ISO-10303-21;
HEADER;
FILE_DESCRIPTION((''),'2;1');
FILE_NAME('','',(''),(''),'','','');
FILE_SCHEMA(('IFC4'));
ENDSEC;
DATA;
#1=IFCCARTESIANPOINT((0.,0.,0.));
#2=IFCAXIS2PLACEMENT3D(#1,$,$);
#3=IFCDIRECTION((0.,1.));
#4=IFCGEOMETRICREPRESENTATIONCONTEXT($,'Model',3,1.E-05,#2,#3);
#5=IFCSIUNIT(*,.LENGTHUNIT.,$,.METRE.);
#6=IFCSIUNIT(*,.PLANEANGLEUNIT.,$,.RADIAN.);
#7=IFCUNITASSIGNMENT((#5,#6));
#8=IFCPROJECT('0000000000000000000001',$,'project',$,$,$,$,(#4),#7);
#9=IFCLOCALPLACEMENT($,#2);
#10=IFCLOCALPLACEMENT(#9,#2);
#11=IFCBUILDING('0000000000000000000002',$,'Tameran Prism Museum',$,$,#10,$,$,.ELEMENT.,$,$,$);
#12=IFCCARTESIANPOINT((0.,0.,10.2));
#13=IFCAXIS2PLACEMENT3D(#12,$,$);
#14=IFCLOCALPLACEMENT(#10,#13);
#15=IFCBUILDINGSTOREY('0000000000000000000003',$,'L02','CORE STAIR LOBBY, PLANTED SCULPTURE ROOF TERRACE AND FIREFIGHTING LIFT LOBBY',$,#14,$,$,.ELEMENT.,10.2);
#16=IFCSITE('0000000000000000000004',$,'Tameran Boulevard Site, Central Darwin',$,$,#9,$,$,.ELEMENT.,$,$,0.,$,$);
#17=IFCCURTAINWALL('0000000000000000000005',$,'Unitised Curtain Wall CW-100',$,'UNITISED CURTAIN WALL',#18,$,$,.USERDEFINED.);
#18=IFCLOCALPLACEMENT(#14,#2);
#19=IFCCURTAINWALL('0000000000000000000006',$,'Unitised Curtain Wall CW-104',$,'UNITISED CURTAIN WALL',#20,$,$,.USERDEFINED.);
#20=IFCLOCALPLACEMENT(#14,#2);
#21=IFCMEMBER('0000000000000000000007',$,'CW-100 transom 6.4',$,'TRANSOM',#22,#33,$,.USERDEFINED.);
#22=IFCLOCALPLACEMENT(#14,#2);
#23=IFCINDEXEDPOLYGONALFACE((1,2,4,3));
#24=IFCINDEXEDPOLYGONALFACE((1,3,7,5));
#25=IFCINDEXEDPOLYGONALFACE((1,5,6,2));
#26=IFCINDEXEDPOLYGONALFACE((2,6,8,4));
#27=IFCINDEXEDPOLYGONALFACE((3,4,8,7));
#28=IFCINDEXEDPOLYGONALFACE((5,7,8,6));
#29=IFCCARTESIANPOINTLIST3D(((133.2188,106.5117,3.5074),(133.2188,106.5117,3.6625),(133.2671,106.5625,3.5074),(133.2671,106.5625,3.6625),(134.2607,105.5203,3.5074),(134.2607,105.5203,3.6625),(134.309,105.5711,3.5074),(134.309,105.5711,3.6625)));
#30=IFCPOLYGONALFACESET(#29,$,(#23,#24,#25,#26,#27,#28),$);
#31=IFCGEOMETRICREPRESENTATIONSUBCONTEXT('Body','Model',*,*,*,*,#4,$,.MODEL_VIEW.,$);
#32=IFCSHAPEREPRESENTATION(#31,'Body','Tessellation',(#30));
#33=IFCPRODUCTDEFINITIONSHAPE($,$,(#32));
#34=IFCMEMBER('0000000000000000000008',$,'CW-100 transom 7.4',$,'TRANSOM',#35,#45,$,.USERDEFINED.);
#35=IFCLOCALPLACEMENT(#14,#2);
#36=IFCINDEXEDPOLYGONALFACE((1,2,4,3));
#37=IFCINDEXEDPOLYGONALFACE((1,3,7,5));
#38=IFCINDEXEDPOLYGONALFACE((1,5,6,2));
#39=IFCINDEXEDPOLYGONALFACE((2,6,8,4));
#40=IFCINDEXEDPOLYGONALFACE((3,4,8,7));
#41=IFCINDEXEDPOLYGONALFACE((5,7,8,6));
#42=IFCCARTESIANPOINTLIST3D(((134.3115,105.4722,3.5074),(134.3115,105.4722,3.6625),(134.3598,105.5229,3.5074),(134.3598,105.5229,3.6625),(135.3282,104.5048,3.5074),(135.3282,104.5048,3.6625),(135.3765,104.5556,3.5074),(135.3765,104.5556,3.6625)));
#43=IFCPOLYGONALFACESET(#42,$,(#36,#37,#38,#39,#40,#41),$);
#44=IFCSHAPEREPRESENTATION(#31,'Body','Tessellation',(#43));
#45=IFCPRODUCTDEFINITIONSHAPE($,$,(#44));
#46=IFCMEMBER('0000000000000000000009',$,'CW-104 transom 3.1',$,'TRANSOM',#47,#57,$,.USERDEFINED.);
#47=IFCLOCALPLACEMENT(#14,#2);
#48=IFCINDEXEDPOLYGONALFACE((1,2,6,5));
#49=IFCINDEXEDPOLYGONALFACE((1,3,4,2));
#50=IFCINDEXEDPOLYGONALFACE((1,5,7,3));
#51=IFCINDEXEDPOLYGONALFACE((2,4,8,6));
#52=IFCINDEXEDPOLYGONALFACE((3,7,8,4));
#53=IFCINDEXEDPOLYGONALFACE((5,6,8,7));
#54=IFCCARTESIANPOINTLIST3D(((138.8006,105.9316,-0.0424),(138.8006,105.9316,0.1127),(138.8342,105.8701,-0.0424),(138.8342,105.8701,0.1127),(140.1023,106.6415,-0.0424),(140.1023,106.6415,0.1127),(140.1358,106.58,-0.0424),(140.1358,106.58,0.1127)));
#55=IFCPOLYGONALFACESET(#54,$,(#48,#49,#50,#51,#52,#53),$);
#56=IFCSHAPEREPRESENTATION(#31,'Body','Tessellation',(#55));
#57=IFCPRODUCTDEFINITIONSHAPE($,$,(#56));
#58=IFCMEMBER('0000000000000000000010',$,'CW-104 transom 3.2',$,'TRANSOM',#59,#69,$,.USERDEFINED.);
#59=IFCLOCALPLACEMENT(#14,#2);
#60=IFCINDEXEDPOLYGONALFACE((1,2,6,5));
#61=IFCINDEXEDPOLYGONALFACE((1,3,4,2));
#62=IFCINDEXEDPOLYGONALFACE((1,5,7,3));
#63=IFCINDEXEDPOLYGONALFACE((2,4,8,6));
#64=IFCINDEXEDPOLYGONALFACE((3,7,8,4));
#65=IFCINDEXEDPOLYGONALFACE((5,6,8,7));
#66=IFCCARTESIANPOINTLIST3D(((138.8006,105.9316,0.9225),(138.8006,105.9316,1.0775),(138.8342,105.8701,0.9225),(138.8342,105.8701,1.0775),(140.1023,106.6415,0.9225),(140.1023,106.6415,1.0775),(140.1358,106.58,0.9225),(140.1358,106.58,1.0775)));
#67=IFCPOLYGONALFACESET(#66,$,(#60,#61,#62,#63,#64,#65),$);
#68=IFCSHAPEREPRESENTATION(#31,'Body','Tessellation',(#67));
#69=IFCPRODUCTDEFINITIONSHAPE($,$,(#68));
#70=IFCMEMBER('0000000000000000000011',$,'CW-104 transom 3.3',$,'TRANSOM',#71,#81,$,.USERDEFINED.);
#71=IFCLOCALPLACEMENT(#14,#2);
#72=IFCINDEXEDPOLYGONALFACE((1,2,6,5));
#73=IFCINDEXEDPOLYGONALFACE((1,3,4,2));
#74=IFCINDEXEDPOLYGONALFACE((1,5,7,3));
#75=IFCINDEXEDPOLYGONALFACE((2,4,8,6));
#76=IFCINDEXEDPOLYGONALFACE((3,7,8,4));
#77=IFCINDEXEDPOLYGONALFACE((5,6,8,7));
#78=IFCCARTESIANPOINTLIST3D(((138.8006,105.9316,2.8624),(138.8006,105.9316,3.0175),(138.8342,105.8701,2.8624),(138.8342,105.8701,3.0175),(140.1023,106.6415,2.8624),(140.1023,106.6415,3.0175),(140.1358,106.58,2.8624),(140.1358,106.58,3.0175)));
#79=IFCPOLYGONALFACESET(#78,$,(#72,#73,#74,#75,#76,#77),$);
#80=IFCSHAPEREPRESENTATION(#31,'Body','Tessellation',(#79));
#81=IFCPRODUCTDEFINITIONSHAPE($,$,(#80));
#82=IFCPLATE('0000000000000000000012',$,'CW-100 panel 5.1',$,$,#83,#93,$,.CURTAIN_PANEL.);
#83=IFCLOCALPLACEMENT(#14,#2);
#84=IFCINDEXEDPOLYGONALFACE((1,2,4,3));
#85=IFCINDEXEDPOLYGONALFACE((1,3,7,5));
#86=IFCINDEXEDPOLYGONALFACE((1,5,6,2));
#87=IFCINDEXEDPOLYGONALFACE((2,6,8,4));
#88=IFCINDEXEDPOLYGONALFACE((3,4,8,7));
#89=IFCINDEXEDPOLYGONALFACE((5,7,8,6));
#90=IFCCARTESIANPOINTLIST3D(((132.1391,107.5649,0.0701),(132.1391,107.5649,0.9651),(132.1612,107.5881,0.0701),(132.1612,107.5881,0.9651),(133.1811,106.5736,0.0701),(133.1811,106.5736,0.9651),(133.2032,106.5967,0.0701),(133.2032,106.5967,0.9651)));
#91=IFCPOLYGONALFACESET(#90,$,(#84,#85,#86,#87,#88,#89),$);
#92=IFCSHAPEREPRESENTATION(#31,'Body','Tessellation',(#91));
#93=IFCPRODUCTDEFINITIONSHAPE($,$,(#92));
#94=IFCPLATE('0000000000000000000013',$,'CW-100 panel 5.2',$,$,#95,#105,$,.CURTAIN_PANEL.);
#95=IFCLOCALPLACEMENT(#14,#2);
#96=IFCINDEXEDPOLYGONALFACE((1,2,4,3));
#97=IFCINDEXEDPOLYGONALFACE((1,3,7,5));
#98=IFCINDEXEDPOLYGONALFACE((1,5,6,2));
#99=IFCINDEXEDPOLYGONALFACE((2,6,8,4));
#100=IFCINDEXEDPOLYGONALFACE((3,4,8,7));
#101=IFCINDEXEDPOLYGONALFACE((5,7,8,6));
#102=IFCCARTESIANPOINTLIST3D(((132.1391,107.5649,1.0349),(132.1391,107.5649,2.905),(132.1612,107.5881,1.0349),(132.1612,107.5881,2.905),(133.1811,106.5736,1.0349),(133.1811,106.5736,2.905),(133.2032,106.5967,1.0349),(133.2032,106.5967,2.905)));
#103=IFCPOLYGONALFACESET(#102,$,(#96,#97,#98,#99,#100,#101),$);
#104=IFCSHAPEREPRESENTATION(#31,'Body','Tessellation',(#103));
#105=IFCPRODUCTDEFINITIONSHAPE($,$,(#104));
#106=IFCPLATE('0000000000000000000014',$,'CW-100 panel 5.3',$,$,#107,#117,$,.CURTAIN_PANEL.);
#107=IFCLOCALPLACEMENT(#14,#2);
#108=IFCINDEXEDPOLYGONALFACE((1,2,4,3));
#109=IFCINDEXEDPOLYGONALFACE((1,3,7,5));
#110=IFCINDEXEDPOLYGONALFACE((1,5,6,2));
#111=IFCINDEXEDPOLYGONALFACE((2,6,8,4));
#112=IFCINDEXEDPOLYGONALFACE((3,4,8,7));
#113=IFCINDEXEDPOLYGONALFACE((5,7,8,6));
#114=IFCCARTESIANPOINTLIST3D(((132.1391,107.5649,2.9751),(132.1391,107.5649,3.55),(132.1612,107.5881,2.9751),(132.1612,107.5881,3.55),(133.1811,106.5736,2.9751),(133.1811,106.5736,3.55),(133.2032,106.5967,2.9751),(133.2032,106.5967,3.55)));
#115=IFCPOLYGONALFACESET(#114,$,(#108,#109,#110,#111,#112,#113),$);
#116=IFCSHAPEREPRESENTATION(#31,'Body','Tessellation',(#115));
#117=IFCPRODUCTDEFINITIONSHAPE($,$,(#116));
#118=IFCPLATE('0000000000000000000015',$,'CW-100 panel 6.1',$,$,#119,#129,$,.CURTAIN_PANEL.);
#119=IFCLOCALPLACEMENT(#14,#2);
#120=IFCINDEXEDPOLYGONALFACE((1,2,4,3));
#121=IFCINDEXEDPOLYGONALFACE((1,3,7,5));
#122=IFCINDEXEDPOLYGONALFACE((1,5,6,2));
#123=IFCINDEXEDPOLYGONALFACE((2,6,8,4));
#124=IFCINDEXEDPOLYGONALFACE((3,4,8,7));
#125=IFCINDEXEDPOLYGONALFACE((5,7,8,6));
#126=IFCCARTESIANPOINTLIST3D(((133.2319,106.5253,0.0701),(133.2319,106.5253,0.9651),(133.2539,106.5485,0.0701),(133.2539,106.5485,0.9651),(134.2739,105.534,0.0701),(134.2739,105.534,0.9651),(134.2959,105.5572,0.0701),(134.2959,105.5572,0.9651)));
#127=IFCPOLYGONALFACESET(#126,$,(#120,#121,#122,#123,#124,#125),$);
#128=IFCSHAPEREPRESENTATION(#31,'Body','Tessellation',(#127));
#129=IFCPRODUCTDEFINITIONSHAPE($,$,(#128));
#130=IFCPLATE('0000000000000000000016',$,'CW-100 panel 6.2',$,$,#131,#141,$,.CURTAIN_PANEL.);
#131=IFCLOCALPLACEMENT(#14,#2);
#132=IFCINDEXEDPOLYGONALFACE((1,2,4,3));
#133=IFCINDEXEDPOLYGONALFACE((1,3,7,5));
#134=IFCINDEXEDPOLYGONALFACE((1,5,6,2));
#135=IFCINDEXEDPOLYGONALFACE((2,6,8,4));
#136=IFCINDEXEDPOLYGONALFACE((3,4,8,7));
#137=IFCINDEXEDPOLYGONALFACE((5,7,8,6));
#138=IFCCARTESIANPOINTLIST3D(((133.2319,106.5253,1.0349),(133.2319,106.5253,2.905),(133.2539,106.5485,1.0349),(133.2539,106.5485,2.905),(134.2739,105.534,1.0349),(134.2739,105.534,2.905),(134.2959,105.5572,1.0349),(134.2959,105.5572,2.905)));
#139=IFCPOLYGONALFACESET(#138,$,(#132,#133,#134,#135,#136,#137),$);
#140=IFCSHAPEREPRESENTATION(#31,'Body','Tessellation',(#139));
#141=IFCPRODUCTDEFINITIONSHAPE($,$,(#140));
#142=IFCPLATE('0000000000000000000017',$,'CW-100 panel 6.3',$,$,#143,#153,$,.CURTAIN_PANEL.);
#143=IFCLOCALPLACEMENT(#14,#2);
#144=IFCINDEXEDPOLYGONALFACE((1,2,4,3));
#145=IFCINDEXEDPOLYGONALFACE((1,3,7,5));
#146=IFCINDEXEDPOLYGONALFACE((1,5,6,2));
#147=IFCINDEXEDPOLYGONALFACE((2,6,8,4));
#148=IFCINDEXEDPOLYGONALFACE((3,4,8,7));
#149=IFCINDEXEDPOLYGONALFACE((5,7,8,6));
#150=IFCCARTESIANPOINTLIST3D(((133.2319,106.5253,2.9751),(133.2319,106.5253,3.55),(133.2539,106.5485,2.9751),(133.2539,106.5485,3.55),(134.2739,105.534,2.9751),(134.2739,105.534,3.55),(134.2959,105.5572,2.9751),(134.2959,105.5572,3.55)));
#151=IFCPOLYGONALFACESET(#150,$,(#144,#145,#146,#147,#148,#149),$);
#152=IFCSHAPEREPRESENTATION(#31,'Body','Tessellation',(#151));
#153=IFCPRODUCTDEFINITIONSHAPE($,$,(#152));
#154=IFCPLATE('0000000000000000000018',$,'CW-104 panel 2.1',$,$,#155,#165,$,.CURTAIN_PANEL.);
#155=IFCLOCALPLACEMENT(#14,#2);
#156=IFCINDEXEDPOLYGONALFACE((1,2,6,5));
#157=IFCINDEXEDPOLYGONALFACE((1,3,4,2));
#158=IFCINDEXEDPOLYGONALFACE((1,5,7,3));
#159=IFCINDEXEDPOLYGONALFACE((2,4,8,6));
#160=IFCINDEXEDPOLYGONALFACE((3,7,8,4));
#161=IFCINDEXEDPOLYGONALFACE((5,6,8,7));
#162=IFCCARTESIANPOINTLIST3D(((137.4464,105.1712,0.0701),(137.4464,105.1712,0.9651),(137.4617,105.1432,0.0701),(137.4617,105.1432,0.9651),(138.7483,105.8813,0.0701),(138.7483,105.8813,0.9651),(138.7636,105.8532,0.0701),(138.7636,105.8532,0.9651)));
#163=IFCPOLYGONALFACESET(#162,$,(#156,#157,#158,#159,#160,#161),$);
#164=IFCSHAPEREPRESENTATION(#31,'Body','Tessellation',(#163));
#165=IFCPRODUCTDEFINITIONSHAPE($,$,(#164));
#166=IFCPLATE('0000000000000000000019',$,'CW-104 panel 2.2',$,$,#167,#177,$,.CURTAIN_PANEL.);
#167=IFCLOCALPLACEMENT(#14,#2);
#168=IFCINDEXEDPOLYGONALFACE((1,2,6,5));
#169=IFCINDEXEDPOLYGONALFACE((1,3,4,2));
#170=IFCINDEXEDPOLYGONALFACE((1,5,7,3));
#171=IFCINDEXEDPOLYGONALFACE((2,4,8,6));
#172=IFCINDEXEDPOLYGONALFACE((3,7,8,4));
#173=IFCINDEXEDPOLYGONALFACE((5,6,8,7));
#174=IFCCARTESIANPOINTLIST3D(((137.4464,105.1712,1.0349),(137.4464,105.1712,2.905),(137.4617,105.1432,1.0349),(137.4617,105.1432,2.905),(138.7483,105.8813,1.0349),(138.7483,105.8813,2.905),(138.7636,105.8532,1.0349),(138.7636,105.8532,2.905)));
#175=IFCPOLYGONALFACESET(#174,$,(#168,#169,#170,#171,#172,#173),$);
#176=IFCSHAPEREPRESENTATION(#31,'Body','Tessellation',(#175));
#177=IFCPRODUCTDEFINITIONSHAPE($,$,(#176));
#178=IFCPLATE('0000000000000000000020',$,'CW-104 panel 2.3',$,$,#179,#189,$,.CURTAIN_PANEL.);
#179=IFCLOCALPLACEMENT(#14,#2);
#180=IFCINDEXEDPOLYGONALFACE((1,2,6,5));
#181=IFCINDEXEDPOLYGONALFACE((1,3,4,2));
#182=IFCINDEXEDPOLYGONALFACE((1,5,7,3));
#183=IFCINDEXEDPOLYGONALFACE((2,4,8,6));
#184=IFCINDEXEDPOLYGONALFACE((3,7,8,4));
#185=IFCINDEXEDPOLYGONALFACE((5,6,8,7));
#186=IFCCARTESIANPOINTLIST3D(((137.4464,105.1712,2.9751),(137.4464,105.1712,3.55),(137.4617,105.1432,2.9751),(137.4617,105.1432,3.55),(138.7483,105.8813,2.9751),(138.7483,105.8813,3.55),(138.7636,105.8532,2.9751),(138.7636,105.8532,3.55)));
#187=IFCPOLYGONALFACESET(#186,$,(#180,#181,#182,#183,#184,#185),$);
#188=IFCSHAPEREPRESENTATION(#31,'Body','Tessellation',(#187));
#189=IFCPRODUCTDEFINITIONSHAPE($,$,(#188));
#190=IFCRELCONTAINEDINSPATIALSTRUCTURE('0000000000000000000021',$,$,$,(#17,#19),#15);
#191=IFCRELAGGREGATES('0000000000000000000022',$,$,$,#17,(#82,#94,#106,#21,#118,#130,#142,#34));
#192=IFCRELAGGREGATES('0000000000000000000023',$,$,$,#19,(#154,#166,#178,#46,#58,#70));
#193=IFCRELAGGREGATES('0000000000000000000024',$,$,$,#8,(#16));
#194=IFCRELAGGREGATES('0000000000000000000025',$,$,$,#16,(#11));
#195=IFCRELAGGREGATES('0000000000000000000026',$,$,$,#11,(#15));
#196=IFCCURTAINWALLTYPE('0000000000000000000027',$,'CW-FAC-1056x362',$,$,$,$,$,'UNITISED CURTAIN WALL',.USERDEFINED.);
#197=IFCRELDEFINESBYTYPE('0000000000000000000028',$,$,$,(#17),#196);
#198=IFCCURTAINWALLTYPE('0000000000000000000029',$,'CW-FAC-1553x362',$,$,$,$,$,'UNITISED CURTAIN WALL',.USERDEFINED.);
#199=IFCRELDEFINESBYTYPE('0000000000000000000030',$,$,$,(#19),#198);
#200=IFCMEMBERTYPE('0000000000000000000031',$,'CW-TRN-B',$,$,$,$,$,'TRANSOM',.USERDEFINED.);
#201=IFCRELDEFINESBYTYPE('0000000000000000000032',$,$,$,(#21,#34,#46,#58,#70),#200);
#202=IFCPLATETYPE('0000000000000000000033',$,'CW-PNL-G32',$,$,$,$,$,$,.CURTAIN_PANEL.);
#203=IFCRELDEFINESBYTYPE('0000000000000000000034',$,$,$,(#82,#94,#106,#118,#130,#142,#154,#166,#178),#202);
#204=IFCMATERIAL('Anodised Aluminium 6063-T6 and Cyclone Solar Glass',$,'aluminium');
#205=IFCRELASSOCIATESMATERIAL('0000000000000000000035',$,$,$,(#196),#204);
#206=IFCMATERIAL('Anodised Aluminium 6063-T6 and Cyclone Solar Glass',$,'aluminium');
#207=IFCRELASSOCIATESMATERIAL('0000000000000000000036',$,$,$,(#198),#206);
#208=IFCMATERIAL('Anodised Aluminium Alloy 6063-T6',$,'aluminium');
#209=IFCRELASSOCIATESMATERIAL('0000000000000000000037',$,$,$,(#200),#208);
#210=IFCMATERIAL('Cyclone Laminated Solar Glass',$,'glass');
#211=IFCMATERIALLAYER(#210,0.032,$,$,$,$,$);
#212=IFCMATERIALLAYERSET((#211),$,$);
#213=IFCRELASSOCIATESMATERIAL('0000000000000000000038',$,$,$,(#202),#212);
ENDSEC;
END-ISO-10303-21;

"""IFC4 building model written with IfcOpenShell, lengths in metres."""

from ifc_helpers import new_model, si_unit, direction, frame, origin, origin_2d, place, context, subcontext, project, spatial, rectangle, extrude, material, layer, layer_set, material_profile, profile_set, type_object, element, aggregate, save


model = new_model("IFC4")

# Units and contexts
model_context = context("Model", 3, precision=1e-05, world=origin(), true_north=direction((0.0, 1.0)))
body_context = subcontext(model_context, "Body", "Model", "MODEL_VIEW")
ifc_project = project(units=[si_unit("LENGTHUNIT", "METRE"), si_unit("PLANEANGLEUNIT", "RADIAN")], contexts=[model_context])

# Site, building, storey
site_placement = place(None, origin())
site = spatial("IfcSite", under=ifc_project, at=site_placement, Name="Tameran Boulevard Site, Central Darwin", CompositionType="ELEMENT", RefElevation=0.0)
building_placement = place(site_placement, origin())
building = spatial("IfcBuilding", under=site, at=building_placement, Name="Tameran Prism Museum", CompositionType="ELEMENT")
storey_placement = place(building_placement, frame((0.0, 0.0, 10.2)))
storey = spatial("IfcBuildingStorey", under=building, at=storey_placement, Name="L02", Description="CORE STAIR LOBBY, PLANTED SCULPTURE ROOF TERRACE AND FIREFIGHTING LIFT LOBBY", CompositionType="ELEMENT", Elevation=10.2)

# Curtain wall
ifc_material_1 = material(Name="Anodised Aluminium 6063-T6 and Cyclone Solar Glass", Category="aluminium")
curtain_wall_type_1 = type_object("IfcCurtainWallType", Name="CW-FAC-1056x362", ElementType="UNITISED CURTAIN WALL", PredefinedType="USERDEFINED", material=ifc_material_1)
curtain_wall_1_placement = place(storey_placement, origin())
curtain_wall_1 = element("IfcCurtainWall", 1, at=curtain_wall_1_placement, inside=storey, type_object=curtain_wall_type_1, Name="Unitised Curtain Wall CW-100", ObjectType="UNITISED CURTAIN WALL", PredefinedType="USERDEFINED")

# Curtain wall
ifc_material_2 = material(Name="Anodised Aluminium 6063-T6 and Cyclone Solar Glass", Category="aluminium")
curtain_wall_type_2 = type_object("IfcCurtainWallType", Name="CW-FAC-1553x362", ElementType="UNITISED CURTAIN WALL", PredefinedType="USERDEFINED", material=ifc_material_2)
curtain_wall_2_placement = place(storey_placement, origin())
curtain_wall_2 = element("IfcCurtainWall", 2, at=curtain_wall_2_placement, inside=storey, type_object=curtain_wall_type_2, Name="Unitised Curtain Wall CW-104", ObjectType="UNITISED CURTAIN WALL", PredefinedType="USERDEFINED")

# Members
ifc_material_3 = material(Name="Anodised Aluminium Alloy 6063-T6", Category="aluminium")
ifc_material_profile_1 = material_profile(ifc_material_3, rectangle(XDim=0.0701, YDim=0.155, at=origin_2d()))
ifc_profile_set_1 = profile_set([ifc_material_profile_1])
member_type_1 = type_object("IfcMemberType", Name="CW-TRN-B", ElementType="TRANSOM", PredefinedType="USERDEFINED", material=ifc_profile_set_1)
member_1_placement = place(storey_placement, frame((133.2429, 106.5371, 3.585), z_axis=(0.724457, -0.68932, 0.0), x_axis=(0.68932, 0.724457, 0.0)))
member_1 = element("IfcMember", 3, at=member_1_placement, type_object=member_type_1, Name="CW-100 transom 6.4", ObjectType="TRANSOM", PredefinedType="USERDEFINED", context=body_context, shape_type="SweptSolid", body=[
    extrude(rectangle(XDim=0.0701, YDim=0.155, at=origin_2d()), origin(), (0.0, 0.0, 1.0), 1.4382),
])
member_2_placement = place(storey_placement, frame((134.3357, 105.4976, 3.585), z_axis=(0.724461, -0.689316, 0.0), x_axis=(0.689316, 0.724461, 0.0)))
member_2 = element("IfcMember", 4, at=member_2_placement, type_object=member_type_1, Name="CW-100 transom 7.4", ObjectType="TRANSOM", PredefinedType="USERDEFINED", context=body_context, shape_type="SweptSolid", body=[
    extrude(rectangle(XDim=0.0701, YDim=0.155, at=origin_2d()), origin(), (0.0, 0.0, 1.0), 1.4033),
])
member_3_placement = place(storey_placement, frame((138.8174, 105.9009, 0.0352), z_axis=(0.877921, 0.478806, 0.0), x_axis=(-0.478806, 0.877921, 0.0)))
member_3 = element("IfcMember", 5, at=member_3_placement, type_object=member_type_1, Name="CW-104 transom 3.1", ObjectType="TRANSOM", PredefinedType="USERDEFINED", context=body_context, shape_type="SweptSolid", body=[
    extrude(rectangle(XDim=0.0701, YDim=0.155, at=origin_2d()), origin(), (0.0, 0.0, 1.0), 1.4827),
])
member_4_placement = place(storey_placement, frame((138.8174, 105.9009, 1.0), z_axis=(0.877921, 0.478806, 0.0), x_axis=(-0.478806, 0.877921, 0.0)))
member_4 = element("IfcMember", 6, at=member_4_placement, type_object=member_type_1, Name="CW-104 transom 3.2", ObjectType="TRANSOM", PredefinedType="USERDEFINED", context=body_context, shape_type="SweptSolid", body=[
    extrude(rectangle(XDim=0.0701, YDim=0.155, at=origin_2d()), origin(), (0.0, 0.0, 1.0), 1.4827),
])
member_5_placement = place(storey_placement, frame((138.8174, 105.9009, 2.9399), z_axis=(0.877921, 0.478806, 0.0), x_axis=(-0.478806, 0.877921, 0.0)))
member_5 = element("IfcMember", 7, at=member_5_placement, type_object=member_type_1, Name="CW-104 transom 3.3", ObjectType="TRANSOM", PredefinedType="USERDEFINED", context=body_context, shape_type="SweptSolid", body=[
    extrude(rectangle(XDim=0.0701, YDim=0.155, at=origin_2d()), origin(), (0.0, 0.0, 1.0), 1.4827),
])

# Plates
ifc_material_4 = material(Name="Cyclone Laminated Solar Glass", Category="glass")
ifc_layer = layer(ifc_material_4, 0.032)
ifc_layer_set = layer_set([ifc_layer])
plate_type = type_object("IfcPlateType", Name="CW-PNL-G32", PredefinedType="CURTAIN_PANEL", material=ifc_layer_set)
plate_1_placement = place(storey_placement, frame((132.6711, 107.0808, 0.0701), z_axis=(0.0, 0.0, 1.0), x_axis=(0.724505, -0.68927, 0.0)))
plate_1 = element("IfcPlate", 8, at=plate_1_placement, type_object=plate_type, Name="CW-100 panel 5.1", PredefinedType="CURTAIN_PANEL", context=body_context, shape_type="SweptSolid", body=[
    extrude(rectangle(XDim=1.4382, YDim=0.032, at=origin_2d()), origin(), (0.0, 0.0, 1.0), 0.895),
])
plate_2_placement = place(storey_placement, frame((132.6711, 107.0808, 1.0349), z_axis=(0.0, 0.0, 1.0), x_axis=(0.724505, -0.68927, 0.0)))
plate_2 = element("IfcPlate", 9, at=plate_2_placement, type_object=plate_type, Name="CW-100 panel 5.2", PredefinedType="CURTAIN_PANEL", context=body_context, shape_type="SweptSolid", body=[
    extrude(rectangle(XDim=1.4382, YDim=0.032, at=origin_2d()), origin(), (0.0, 0.0, 1.0), 1.8701),
])
plate_3_placement = place(storey_placement, frame((132.6711, 107.0808, 2.9751), z_axis=(0.0, 0.0, 1.0), x_axis=(0.724505, -0.68927, 0.0)))
plate_3 = element("IfcPlate", 10, at=plate_3_placement, type_object=plate_type, Name="CW-100 panel 5.3", PredefinedType="CURTAIN_PANEL", context=body_context, shape_type="SweptSolid", body=[
    extrude(rectangle(XDim=1.4382, YDim=0.032, at=origin_2d()), origin(), (0.0, 0.0, 1.0), 0.575),
])
plate_4_placement = place(storey_placement, frame((133.7639, 106.0413, 0.0701), z_axis=(0.0, 0.0, 1.0), x_axis=(0.724505, -0.68927, 0.0)))
plate_4 = element("IfcPlate", 11, at=plate_4_placement, type_object=plate_type, Name="CW-100 panel 6.1", PredefinedType="CURTAIN_PANEL", context=body_context, shape_type="SweptSolid", body=[
    extrude(rectangle(XDim=1.4382, YDim=0.032, at=origin_2d()), origin(), (0.0, 0.0, 1.0), 0.895),
])
plate_5_placement = place(storey_placement, frame((133.7639, 106.0413, 1.0349), z_axis=(0.0, 0.0, 1.0), x_axis=(0.724505, -0.68927, 0.0)))
plate_5 = element("IfcPlate", 12, at=plate_5_placement, type_object=plate_type, Name="CW-100 panel 6.2", PredefinedType="CURTAIN_PANEL", context=body_context, shape_type="SweptSolid", body=[
    extrude(rectangle(XDim=1.4382, YDim=0.032, at=origin_2d()), origin(), (0.0, 0.0, 1.0), 1.8701),
])
plate_6_placement = place(storey_placement, frame((133.7639, 106.0413, 2.9751), z_axis=(0.0, 0.0, 1.0), x_axis=(0.724505, -0.68927, 0.0)))
plate_6 = element("IfcPlate", 13, at=plate_6_placement, type_object=plate_type, Name="CW-100 panel 6.3", PredefinedType="CURTAIN_PANEL", context=body_context, shape_type="SweptSolid", body=[
    extrude(rectangle(XDim=1.4382, YDim=0.032, at=origin_2d()), origin(), (0.0, 0.0, 1.0), 0.575),
])
aggregate(curtain_wall_1, [plate_1, plate_2, plate_3, member_1, plate_4, plate_5, plate_6, member_2])
plate_7_placement = place(storey_placement, frame((138.105, 105.5122, 0.0701), z_axis=(0.0, 0.0, 1.0), x_axis=(0.877928, 0.478793, 0.0)))
plate_7 = element("IfcPlate", 14, at=plate_7_placement, type_object=plate_type, Name="CW-104 panel 2.1", PredefinedType="CURTAIN_PANEL", context=body_context, shape_type="SweptSolid", body=[
    extrude(rectangle(XDim=1.4829, YDim=0.032, at=origin_2d()), origin(), (0.0, 0.0, 1.0), 0.895),
])
plate_8_placement = place(storey_placement, frame((138.105, 105.5122, 1.0349), z_axis=(0.0, 0.0, 1.0), x_axis=(0.877928, 0.478793, 0.0)))
plate_8 = element("IfcPlate", 15, at=plate_8_placement, type_object=plate_type, Name="CW-104 panel 2.2", PredefinedType="CURTAIN_PANEL", context=body_context, shape_type="SweptSolid", body=[
    extrude(rectangle(XDim=1.4829, YDim=0.032, at=origin_2d()), origin(), (0.0, 0.0, 1.0), 1.8701),
])
plate_9_placement = place(storey_placement, frame((138.105, 105.5122, 2.9751), z_axis=(0.0, 0.0, 1.0), x_axis=(0.877928, 0.478793, 0.0)))
plate_9 = element("IfcPlate", 16, at=plate_9_placement, type_object=plate_type, Name="CW-104 panel 2.3", PredefinedType="CURTAIN_PANEL", context=body_context, shape_type="SweptSolid", body=[
    extrude(rectangle(XDim=1.4829, YDim=0.032, at=origin_2d()), origin(), (0.0, 0.0, 1.0), 0.575),
])
aggregate(curtain_wall_2, [plate_7, plate_8, plate_9, member_3, member_4, member_5])

save(model, "model.ifc")
